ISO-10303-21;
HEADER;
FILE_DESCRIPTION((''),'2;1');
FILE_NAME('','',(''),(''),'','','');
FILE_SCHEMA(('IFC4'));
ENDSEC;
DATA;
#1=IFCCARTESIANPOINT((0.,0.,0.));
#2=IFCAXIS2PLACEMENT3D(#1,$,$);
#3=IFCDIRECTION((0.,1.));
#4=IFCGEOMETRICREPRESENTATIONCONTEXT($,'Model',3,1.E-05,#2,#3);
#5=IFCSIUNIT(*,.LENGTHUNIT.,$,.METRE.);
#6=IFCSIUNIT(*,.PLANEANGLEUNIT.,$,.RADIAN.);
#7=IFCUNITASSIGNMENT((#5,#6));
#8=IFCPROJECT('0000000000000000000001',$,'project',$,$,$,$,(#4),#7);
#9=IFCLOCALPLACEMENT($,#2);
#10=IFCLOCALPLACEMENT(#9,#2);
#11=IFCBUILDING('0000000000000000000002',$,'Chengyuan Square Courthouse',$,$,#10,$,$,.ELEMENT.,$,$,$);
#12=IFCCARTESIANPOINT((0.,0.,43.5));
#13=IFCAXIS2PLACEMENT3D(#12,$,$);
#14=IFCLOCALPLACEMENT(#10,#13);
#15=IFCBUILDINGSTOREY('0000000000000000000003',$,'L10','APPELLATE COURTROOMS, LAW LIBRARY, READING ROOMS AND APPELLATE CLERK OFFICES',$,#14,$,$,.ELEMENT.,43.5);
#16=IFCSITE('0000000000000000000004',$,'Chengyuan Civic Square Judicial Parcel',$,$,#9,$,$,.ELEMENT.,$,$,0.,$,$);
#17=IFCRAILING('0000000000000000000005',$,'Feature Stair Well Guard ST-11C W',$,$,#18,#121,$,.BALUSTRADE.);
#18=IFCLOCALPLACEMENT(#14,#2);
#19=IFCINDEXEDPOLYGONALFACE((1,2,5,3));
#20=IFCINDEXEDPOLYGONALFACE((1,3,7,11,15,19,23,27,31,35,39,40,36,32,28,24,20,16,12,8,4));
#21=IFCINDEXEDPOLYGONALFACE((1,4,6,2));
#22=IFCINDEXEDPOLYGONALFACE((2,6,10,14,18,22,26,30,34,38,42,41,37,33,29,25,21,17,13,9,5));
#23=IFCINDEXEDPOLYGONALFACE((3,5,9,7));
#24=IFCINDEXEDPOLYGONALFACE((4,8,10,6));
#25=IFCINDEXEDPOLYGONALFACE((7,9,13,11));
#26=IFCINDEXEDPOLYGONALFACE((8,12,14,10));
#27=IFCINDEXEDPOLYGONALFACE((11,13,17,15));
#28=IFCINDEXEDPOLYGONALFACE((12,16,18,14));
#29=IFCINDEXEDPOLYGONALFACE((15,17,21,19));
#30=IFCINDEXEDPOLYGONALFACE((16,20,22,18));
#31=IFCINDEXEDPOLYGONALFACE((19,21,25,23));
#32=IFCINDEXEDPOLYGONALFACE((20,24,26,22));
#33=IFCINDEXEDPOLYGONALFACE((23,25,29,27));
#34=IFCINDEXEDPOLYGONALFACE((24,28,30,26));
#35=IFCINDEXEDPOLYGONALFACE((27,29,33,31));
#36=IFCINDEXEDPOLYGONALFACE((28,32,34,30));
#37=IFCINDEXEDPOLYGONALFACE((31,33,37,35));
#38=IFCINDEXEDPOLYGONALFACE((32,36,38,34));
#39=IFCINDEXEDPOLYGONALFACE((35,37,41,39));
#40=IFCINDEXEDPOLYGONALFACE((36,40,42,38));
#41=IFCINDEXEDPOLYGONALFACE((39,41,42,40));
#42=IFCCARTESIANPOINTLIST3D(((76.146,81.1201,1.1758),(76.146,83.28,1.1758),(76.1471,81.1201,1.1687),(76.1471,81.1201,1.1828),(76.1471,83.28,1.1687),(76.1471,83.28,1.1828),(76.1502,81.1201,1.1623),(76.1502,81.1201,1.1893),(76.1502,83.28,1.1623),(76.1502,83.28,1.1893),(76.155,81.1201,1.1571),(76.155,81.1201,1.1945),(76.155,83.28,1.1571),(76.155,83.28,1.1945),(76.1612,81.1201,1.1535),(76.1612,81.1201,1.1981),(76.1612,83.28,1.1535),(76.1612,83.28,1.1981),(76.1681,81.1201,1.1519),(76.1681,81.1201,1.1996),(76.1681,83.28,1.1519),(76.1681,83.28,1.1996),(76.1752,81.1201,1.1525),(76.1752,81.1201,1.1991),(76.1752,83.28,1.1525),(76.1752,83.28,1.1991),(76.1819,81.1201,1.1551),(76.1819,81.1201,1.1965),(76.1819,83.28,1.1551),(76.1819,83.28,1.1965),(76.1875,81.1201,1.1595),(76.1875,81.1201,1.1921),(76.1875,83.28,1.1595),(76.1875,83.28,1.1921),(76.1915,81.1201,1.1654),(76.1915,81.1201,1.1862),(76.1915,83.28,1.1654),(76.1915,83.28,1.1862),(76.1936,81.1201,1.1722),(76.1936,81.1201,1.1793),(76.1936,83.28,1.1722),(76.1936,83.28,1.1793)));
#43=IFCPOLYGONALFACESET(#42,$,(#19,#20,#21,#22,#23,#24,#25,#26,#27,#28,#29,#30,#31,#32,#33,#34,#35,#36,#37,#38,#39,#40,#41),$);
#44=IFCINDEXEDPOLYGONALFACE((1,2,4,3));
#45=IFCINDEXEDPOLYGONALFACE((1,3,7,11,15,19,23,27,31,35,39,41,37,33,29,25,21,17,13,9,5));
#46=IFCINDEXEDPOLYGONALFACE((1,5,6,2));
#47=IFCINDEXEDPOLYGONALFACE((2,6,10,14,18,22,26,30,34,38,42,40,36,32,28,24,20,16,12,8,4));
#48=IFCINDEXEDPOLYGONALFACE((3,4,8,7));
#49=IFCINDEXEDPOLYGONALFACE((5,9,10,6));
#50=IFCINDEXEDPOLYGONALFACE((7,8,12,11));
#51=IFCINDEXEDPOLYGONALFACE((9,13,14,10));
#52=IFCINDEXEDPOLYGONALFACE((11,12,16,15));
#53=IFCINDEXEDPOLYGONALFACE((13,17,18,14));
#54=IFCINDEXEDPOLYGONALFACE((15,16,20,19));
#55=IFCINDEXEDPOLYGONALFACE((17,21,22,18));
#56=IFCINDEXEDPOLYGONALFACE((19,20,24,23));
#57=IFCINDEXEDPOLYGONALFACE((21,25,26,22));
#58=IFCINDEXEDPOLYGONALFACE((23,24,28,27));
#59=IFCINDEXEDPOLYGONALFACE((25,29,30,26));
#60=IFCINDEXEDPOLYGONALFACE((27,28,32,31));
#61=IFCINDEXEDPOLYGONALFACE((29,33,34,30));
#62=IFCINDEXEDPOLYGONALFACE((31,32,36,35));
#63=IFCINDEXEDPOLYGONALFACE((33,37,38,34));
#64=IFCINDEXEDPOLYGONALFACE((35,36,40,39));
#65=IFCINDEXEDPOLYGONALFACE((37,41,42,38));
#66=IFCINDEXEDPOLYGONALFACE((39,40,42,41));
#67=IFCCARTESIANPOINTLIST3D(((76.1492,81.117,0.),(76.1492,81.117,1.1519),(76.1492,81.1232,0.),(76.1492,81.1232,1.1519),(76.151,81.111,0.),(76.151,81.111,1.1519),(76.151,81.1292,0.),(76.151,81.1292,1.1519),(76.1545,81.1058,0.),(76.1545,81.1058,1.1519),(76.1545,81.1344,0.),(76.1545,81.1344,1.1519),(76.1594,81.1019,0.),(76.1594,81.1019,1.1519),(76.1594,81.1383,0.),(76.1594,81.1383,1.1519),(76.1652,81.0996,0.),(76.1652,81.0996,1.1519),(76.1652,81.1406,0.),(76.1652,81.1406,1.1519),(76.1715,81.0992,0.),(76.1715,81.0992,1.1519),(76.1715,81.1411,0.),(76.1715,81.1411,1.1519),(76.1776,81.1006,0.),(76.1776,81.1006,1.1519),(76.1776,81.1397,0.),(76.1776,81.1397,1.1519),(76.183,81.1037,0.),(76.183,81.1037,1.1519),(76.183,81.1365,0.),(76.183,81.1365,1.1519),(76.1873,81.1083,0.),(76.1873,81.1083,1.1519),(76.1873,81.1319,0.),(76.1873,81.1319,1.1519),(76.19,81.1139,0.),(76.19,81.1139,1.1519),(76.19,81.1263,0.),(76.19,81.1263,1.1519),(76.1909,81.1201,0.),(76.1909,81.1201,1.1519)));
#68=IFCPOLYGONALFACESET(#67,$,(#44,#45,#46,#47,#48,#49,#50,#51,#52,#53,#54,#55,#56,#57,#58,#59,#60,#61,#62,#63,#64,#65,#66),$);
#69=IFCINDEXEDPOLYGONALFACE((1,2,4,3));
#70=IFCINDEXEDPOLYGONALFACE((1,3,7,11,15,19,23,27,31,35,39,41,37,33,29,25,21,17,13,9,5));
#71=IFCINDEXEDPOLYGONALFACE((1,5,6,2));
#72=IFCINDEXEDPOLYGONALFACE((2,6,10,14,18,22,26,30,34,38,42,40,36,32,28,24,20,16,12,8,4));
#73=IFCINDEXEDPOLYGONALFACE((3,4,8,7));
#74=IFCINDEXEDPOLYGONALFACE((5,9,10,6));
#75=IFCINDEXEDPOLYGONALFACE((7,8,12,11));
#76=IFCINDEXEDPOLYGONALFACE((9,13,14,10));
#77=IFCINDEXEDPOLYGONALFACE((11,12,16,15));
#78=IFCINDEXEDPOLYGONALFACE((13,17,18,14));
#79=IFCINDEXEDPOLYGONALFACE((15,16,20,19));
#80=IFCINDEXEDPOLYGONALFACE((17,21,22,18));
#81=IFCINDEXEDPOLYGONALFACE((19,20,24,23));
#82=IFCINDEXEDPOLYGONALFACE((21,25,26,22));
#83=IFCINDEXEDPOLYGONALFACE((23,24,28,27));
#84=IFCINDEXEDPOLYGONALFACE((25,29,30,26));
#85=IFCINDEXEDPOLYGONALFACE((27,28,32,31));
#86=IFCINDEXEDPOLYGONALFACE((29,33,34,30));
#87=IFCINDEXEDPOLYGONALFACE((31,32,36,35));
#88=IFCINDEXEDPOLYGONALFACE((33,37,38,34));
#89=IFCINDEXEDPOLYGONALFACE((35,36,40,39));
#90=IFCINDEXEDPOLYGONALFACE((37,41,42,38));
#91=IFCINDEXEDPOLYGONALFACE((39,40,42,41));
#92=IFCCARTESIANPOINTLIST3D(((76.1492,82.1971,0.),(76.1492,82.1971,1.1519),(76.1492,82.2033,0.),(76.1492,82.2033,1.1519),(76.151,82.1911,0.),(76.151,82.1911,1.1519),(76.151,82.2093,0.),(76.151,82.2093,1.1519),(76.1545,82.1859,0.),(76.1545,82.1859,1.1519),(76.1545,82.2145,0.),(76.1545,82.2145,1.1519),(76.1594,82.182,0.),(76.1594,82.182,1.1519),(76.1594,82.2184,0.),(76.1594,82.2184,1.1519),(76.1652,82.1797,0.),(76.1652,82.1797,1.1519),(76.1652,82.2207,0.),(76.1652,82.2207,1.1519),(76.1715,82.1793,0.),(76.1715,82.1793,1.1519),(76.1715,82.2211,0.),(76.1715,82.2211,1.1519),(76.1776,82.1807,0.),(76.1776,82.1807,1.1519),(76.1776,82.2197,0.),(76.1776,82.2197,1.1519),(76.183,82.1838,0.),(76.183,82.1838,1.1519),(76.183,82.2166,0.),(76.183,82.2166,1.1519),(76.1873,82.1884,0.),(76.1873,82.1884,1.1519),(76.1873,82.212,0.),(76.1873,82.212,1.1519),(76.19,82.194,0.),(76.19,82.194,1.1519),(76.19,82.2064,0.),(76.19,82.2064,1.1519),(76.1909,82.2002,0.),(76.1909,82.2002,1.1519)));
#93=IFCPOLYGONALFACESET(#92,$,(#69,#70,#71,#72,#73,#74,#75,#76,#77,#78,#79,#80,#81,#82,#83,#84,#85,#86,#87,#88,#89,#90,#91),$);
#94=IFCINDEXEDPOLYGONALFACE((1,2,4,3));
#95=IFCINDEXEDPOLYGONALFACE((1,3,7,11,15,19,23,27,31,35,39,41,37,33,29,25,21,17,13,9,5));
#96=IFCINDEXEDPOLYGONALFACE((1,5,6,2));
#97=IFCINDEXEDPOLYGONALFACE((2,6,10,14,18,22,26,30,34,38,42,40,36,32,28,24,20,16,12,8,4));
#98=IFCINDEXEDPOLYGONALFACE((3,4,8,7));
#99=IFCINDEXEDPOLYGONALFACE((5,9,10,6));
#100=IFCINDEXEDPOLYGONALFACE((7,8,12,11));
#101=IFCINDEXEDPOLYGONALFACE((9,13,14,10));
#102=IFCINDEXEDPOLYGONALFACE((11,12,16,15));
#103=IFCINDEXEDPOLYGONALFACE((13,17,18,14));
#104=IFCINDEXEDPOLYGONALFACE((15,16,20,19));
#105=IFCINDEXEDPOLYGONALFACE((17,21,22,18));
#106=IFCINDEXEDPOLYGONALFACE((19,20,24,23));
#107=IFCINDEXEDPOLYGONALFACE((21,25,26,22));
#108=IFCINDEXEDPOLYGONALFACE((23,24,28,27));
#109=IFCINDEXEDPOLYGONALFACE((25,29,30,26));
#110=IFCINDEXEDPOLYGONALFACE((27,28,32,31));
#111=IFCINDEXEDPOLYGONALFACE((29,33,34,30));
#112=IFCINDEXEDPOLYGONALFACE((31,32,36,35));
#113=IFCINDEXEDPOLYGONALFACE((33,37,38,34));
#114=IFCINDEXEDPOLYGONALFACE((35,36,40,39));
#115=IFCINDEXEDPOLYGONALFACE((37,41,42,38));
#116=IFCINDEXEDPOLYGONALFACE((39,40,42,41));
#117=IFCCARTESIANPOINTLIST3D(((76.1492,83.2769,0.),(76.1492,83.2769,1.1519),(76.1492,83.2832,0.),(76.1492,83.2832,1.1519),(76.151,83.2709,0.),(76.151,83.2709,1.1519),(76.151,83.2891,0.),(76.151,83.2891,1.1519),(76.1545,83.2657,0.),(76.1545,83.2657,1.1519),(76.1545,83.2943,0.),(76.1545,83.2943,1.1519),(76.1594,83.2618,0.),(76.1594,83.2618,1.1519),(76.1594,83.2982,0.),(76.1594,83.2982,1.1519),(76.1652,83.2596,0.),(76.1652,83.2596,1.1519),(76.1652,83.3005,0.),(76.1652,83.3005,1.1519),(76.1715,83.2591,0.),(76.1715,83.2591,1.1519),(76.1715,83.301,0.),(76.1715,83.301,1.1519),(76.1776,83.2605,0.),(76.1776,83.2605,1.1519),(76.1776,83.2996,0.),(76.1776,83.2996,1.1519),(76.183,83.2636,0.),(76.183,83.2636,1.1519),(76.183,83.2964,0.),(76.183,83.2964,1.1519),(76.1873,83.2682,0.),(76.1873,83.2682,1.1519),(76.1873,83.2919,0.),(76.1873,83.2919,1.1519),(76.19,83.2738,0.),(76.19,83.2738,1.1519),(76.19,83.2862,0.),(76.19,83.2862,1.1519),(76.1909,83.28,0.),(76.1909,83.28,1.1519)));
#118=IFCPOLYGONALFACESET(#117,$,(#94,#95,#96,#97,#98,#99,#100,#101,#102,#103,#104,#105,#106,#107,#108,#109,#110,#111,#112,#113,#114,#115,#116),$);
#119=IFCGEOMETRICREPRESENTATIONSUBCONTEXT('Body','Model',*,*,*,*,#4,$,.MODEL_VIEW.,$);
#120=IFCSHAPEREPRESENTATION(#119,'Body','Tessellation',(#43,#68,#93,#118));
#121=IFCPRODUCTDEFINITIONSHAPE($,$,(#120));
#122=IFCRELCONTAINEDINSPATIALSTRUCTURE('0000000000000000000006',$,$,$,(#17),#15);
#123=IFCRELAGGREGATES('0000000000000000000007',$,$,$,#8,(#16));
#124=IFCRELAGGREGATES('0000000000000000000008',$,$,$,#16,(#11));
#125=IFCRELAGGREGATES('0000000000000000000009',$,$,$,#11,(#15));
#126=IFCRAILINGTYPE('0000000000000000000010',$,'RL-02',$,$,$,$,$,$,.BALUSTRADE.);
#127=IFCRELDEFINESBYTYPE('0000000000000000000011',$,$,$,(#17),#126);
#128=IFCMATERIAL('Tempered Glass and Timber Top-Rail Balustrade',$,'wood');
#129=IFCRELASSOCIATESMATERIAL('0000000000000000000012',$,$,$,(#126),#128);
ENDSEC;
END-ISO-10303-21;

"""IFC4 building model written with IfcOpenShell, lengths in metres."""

from ifc_helpers import new_model, si_unit, direction, frame, origin, origin_2d, place, context, subcontext, project, spatial, circle, extrude, material, type_object, element, save


model = new_model("IFC4")

# Units and contexts
model_context = context("Model", 3, precision=1e-05, world=origin(), true_north=direction((0.0, 1.0)))
body_context = subcontext(model_context, "Body", "Model", "MODEL_VIEW")
ifc_project = project(units=[si_unit("LENGTHUNIT", "METRE"), si_unit("PLANEANGLEUNIT", "RADIAN")], contexts=[model_context])

# Site, building, storey
site_placement = place(None, origin())
site = spatial("IfcSite", under=ifc_project, at=site_placement, Name="Chengyuan Civic Square Judicial Parcel", CompositionType="ELEMENT", RefElevation=0.0)
building_placement = place(site_placement, origin())
building = spatial("IfcBuilding", under=site, at=building_placement, Name="Chengyuan Square Courthouse", CompositionType="ELEMENT")
storey_placement = place(building_placement, frame((0.0, 0.0, 43.5)))
storey = spatial("IfcBuildingStorey", under=building, at=storey_placement, Name="L10", Description="APPELLATE COURTROOMS, LAW LIBRARY, READING ROOMS AND APPELLATE CLERK OFFICES", CompositionType="ELEMENT", Elevation=43.5)

# Railing
ifc_material_1 = material(Name="Tempered Glass and Timber Top-Rail Balustrade", Category="wood")
railing_type = type_object("IfcRailingType", Name="RL-02", PredefinedType="BALUSTRADE", material=ifc_material_1)
railing_1_placement = place(storey_placement, frame((76.1699, 81.1201, 0.0)))
element("IfcRailing", 1, at=railing_1_placement, inside=storey, type_object=railing_type, Name="Feature Stair Well Guard ST-11C W", PredefinedType="BALUSTRADE", context=body_context, shape_type="SweptSolid", body=[
    extrude(circle(Radius=0.0239, at=origin_2d()), frame((0.0, 0.0, 1.1758), z_axis=(0.0, 1.0, 0.0), x_axis=(-1.0, 0.0, 0.0)), (0.0, 0.0, 1.0), 2.1599),
    extrude(circle(Radius=0.021, at=origin_2d()), origin(), (0.0, 0.0, 1.0), 1.1519),
    extrude(circle(Radius=0.021, at=origin_2d()), frame((0.0, 1.0801, 0.0)), (0.0, 0.0, 1.0), 1.1519),
    extrude(circle(Radius=0.021, at=origin_2d()), frame((0.0, 2.1599, 0.0)), (0.0, 0.0, 1.0), 1.1519),
])

save(model, "model.ifc")
